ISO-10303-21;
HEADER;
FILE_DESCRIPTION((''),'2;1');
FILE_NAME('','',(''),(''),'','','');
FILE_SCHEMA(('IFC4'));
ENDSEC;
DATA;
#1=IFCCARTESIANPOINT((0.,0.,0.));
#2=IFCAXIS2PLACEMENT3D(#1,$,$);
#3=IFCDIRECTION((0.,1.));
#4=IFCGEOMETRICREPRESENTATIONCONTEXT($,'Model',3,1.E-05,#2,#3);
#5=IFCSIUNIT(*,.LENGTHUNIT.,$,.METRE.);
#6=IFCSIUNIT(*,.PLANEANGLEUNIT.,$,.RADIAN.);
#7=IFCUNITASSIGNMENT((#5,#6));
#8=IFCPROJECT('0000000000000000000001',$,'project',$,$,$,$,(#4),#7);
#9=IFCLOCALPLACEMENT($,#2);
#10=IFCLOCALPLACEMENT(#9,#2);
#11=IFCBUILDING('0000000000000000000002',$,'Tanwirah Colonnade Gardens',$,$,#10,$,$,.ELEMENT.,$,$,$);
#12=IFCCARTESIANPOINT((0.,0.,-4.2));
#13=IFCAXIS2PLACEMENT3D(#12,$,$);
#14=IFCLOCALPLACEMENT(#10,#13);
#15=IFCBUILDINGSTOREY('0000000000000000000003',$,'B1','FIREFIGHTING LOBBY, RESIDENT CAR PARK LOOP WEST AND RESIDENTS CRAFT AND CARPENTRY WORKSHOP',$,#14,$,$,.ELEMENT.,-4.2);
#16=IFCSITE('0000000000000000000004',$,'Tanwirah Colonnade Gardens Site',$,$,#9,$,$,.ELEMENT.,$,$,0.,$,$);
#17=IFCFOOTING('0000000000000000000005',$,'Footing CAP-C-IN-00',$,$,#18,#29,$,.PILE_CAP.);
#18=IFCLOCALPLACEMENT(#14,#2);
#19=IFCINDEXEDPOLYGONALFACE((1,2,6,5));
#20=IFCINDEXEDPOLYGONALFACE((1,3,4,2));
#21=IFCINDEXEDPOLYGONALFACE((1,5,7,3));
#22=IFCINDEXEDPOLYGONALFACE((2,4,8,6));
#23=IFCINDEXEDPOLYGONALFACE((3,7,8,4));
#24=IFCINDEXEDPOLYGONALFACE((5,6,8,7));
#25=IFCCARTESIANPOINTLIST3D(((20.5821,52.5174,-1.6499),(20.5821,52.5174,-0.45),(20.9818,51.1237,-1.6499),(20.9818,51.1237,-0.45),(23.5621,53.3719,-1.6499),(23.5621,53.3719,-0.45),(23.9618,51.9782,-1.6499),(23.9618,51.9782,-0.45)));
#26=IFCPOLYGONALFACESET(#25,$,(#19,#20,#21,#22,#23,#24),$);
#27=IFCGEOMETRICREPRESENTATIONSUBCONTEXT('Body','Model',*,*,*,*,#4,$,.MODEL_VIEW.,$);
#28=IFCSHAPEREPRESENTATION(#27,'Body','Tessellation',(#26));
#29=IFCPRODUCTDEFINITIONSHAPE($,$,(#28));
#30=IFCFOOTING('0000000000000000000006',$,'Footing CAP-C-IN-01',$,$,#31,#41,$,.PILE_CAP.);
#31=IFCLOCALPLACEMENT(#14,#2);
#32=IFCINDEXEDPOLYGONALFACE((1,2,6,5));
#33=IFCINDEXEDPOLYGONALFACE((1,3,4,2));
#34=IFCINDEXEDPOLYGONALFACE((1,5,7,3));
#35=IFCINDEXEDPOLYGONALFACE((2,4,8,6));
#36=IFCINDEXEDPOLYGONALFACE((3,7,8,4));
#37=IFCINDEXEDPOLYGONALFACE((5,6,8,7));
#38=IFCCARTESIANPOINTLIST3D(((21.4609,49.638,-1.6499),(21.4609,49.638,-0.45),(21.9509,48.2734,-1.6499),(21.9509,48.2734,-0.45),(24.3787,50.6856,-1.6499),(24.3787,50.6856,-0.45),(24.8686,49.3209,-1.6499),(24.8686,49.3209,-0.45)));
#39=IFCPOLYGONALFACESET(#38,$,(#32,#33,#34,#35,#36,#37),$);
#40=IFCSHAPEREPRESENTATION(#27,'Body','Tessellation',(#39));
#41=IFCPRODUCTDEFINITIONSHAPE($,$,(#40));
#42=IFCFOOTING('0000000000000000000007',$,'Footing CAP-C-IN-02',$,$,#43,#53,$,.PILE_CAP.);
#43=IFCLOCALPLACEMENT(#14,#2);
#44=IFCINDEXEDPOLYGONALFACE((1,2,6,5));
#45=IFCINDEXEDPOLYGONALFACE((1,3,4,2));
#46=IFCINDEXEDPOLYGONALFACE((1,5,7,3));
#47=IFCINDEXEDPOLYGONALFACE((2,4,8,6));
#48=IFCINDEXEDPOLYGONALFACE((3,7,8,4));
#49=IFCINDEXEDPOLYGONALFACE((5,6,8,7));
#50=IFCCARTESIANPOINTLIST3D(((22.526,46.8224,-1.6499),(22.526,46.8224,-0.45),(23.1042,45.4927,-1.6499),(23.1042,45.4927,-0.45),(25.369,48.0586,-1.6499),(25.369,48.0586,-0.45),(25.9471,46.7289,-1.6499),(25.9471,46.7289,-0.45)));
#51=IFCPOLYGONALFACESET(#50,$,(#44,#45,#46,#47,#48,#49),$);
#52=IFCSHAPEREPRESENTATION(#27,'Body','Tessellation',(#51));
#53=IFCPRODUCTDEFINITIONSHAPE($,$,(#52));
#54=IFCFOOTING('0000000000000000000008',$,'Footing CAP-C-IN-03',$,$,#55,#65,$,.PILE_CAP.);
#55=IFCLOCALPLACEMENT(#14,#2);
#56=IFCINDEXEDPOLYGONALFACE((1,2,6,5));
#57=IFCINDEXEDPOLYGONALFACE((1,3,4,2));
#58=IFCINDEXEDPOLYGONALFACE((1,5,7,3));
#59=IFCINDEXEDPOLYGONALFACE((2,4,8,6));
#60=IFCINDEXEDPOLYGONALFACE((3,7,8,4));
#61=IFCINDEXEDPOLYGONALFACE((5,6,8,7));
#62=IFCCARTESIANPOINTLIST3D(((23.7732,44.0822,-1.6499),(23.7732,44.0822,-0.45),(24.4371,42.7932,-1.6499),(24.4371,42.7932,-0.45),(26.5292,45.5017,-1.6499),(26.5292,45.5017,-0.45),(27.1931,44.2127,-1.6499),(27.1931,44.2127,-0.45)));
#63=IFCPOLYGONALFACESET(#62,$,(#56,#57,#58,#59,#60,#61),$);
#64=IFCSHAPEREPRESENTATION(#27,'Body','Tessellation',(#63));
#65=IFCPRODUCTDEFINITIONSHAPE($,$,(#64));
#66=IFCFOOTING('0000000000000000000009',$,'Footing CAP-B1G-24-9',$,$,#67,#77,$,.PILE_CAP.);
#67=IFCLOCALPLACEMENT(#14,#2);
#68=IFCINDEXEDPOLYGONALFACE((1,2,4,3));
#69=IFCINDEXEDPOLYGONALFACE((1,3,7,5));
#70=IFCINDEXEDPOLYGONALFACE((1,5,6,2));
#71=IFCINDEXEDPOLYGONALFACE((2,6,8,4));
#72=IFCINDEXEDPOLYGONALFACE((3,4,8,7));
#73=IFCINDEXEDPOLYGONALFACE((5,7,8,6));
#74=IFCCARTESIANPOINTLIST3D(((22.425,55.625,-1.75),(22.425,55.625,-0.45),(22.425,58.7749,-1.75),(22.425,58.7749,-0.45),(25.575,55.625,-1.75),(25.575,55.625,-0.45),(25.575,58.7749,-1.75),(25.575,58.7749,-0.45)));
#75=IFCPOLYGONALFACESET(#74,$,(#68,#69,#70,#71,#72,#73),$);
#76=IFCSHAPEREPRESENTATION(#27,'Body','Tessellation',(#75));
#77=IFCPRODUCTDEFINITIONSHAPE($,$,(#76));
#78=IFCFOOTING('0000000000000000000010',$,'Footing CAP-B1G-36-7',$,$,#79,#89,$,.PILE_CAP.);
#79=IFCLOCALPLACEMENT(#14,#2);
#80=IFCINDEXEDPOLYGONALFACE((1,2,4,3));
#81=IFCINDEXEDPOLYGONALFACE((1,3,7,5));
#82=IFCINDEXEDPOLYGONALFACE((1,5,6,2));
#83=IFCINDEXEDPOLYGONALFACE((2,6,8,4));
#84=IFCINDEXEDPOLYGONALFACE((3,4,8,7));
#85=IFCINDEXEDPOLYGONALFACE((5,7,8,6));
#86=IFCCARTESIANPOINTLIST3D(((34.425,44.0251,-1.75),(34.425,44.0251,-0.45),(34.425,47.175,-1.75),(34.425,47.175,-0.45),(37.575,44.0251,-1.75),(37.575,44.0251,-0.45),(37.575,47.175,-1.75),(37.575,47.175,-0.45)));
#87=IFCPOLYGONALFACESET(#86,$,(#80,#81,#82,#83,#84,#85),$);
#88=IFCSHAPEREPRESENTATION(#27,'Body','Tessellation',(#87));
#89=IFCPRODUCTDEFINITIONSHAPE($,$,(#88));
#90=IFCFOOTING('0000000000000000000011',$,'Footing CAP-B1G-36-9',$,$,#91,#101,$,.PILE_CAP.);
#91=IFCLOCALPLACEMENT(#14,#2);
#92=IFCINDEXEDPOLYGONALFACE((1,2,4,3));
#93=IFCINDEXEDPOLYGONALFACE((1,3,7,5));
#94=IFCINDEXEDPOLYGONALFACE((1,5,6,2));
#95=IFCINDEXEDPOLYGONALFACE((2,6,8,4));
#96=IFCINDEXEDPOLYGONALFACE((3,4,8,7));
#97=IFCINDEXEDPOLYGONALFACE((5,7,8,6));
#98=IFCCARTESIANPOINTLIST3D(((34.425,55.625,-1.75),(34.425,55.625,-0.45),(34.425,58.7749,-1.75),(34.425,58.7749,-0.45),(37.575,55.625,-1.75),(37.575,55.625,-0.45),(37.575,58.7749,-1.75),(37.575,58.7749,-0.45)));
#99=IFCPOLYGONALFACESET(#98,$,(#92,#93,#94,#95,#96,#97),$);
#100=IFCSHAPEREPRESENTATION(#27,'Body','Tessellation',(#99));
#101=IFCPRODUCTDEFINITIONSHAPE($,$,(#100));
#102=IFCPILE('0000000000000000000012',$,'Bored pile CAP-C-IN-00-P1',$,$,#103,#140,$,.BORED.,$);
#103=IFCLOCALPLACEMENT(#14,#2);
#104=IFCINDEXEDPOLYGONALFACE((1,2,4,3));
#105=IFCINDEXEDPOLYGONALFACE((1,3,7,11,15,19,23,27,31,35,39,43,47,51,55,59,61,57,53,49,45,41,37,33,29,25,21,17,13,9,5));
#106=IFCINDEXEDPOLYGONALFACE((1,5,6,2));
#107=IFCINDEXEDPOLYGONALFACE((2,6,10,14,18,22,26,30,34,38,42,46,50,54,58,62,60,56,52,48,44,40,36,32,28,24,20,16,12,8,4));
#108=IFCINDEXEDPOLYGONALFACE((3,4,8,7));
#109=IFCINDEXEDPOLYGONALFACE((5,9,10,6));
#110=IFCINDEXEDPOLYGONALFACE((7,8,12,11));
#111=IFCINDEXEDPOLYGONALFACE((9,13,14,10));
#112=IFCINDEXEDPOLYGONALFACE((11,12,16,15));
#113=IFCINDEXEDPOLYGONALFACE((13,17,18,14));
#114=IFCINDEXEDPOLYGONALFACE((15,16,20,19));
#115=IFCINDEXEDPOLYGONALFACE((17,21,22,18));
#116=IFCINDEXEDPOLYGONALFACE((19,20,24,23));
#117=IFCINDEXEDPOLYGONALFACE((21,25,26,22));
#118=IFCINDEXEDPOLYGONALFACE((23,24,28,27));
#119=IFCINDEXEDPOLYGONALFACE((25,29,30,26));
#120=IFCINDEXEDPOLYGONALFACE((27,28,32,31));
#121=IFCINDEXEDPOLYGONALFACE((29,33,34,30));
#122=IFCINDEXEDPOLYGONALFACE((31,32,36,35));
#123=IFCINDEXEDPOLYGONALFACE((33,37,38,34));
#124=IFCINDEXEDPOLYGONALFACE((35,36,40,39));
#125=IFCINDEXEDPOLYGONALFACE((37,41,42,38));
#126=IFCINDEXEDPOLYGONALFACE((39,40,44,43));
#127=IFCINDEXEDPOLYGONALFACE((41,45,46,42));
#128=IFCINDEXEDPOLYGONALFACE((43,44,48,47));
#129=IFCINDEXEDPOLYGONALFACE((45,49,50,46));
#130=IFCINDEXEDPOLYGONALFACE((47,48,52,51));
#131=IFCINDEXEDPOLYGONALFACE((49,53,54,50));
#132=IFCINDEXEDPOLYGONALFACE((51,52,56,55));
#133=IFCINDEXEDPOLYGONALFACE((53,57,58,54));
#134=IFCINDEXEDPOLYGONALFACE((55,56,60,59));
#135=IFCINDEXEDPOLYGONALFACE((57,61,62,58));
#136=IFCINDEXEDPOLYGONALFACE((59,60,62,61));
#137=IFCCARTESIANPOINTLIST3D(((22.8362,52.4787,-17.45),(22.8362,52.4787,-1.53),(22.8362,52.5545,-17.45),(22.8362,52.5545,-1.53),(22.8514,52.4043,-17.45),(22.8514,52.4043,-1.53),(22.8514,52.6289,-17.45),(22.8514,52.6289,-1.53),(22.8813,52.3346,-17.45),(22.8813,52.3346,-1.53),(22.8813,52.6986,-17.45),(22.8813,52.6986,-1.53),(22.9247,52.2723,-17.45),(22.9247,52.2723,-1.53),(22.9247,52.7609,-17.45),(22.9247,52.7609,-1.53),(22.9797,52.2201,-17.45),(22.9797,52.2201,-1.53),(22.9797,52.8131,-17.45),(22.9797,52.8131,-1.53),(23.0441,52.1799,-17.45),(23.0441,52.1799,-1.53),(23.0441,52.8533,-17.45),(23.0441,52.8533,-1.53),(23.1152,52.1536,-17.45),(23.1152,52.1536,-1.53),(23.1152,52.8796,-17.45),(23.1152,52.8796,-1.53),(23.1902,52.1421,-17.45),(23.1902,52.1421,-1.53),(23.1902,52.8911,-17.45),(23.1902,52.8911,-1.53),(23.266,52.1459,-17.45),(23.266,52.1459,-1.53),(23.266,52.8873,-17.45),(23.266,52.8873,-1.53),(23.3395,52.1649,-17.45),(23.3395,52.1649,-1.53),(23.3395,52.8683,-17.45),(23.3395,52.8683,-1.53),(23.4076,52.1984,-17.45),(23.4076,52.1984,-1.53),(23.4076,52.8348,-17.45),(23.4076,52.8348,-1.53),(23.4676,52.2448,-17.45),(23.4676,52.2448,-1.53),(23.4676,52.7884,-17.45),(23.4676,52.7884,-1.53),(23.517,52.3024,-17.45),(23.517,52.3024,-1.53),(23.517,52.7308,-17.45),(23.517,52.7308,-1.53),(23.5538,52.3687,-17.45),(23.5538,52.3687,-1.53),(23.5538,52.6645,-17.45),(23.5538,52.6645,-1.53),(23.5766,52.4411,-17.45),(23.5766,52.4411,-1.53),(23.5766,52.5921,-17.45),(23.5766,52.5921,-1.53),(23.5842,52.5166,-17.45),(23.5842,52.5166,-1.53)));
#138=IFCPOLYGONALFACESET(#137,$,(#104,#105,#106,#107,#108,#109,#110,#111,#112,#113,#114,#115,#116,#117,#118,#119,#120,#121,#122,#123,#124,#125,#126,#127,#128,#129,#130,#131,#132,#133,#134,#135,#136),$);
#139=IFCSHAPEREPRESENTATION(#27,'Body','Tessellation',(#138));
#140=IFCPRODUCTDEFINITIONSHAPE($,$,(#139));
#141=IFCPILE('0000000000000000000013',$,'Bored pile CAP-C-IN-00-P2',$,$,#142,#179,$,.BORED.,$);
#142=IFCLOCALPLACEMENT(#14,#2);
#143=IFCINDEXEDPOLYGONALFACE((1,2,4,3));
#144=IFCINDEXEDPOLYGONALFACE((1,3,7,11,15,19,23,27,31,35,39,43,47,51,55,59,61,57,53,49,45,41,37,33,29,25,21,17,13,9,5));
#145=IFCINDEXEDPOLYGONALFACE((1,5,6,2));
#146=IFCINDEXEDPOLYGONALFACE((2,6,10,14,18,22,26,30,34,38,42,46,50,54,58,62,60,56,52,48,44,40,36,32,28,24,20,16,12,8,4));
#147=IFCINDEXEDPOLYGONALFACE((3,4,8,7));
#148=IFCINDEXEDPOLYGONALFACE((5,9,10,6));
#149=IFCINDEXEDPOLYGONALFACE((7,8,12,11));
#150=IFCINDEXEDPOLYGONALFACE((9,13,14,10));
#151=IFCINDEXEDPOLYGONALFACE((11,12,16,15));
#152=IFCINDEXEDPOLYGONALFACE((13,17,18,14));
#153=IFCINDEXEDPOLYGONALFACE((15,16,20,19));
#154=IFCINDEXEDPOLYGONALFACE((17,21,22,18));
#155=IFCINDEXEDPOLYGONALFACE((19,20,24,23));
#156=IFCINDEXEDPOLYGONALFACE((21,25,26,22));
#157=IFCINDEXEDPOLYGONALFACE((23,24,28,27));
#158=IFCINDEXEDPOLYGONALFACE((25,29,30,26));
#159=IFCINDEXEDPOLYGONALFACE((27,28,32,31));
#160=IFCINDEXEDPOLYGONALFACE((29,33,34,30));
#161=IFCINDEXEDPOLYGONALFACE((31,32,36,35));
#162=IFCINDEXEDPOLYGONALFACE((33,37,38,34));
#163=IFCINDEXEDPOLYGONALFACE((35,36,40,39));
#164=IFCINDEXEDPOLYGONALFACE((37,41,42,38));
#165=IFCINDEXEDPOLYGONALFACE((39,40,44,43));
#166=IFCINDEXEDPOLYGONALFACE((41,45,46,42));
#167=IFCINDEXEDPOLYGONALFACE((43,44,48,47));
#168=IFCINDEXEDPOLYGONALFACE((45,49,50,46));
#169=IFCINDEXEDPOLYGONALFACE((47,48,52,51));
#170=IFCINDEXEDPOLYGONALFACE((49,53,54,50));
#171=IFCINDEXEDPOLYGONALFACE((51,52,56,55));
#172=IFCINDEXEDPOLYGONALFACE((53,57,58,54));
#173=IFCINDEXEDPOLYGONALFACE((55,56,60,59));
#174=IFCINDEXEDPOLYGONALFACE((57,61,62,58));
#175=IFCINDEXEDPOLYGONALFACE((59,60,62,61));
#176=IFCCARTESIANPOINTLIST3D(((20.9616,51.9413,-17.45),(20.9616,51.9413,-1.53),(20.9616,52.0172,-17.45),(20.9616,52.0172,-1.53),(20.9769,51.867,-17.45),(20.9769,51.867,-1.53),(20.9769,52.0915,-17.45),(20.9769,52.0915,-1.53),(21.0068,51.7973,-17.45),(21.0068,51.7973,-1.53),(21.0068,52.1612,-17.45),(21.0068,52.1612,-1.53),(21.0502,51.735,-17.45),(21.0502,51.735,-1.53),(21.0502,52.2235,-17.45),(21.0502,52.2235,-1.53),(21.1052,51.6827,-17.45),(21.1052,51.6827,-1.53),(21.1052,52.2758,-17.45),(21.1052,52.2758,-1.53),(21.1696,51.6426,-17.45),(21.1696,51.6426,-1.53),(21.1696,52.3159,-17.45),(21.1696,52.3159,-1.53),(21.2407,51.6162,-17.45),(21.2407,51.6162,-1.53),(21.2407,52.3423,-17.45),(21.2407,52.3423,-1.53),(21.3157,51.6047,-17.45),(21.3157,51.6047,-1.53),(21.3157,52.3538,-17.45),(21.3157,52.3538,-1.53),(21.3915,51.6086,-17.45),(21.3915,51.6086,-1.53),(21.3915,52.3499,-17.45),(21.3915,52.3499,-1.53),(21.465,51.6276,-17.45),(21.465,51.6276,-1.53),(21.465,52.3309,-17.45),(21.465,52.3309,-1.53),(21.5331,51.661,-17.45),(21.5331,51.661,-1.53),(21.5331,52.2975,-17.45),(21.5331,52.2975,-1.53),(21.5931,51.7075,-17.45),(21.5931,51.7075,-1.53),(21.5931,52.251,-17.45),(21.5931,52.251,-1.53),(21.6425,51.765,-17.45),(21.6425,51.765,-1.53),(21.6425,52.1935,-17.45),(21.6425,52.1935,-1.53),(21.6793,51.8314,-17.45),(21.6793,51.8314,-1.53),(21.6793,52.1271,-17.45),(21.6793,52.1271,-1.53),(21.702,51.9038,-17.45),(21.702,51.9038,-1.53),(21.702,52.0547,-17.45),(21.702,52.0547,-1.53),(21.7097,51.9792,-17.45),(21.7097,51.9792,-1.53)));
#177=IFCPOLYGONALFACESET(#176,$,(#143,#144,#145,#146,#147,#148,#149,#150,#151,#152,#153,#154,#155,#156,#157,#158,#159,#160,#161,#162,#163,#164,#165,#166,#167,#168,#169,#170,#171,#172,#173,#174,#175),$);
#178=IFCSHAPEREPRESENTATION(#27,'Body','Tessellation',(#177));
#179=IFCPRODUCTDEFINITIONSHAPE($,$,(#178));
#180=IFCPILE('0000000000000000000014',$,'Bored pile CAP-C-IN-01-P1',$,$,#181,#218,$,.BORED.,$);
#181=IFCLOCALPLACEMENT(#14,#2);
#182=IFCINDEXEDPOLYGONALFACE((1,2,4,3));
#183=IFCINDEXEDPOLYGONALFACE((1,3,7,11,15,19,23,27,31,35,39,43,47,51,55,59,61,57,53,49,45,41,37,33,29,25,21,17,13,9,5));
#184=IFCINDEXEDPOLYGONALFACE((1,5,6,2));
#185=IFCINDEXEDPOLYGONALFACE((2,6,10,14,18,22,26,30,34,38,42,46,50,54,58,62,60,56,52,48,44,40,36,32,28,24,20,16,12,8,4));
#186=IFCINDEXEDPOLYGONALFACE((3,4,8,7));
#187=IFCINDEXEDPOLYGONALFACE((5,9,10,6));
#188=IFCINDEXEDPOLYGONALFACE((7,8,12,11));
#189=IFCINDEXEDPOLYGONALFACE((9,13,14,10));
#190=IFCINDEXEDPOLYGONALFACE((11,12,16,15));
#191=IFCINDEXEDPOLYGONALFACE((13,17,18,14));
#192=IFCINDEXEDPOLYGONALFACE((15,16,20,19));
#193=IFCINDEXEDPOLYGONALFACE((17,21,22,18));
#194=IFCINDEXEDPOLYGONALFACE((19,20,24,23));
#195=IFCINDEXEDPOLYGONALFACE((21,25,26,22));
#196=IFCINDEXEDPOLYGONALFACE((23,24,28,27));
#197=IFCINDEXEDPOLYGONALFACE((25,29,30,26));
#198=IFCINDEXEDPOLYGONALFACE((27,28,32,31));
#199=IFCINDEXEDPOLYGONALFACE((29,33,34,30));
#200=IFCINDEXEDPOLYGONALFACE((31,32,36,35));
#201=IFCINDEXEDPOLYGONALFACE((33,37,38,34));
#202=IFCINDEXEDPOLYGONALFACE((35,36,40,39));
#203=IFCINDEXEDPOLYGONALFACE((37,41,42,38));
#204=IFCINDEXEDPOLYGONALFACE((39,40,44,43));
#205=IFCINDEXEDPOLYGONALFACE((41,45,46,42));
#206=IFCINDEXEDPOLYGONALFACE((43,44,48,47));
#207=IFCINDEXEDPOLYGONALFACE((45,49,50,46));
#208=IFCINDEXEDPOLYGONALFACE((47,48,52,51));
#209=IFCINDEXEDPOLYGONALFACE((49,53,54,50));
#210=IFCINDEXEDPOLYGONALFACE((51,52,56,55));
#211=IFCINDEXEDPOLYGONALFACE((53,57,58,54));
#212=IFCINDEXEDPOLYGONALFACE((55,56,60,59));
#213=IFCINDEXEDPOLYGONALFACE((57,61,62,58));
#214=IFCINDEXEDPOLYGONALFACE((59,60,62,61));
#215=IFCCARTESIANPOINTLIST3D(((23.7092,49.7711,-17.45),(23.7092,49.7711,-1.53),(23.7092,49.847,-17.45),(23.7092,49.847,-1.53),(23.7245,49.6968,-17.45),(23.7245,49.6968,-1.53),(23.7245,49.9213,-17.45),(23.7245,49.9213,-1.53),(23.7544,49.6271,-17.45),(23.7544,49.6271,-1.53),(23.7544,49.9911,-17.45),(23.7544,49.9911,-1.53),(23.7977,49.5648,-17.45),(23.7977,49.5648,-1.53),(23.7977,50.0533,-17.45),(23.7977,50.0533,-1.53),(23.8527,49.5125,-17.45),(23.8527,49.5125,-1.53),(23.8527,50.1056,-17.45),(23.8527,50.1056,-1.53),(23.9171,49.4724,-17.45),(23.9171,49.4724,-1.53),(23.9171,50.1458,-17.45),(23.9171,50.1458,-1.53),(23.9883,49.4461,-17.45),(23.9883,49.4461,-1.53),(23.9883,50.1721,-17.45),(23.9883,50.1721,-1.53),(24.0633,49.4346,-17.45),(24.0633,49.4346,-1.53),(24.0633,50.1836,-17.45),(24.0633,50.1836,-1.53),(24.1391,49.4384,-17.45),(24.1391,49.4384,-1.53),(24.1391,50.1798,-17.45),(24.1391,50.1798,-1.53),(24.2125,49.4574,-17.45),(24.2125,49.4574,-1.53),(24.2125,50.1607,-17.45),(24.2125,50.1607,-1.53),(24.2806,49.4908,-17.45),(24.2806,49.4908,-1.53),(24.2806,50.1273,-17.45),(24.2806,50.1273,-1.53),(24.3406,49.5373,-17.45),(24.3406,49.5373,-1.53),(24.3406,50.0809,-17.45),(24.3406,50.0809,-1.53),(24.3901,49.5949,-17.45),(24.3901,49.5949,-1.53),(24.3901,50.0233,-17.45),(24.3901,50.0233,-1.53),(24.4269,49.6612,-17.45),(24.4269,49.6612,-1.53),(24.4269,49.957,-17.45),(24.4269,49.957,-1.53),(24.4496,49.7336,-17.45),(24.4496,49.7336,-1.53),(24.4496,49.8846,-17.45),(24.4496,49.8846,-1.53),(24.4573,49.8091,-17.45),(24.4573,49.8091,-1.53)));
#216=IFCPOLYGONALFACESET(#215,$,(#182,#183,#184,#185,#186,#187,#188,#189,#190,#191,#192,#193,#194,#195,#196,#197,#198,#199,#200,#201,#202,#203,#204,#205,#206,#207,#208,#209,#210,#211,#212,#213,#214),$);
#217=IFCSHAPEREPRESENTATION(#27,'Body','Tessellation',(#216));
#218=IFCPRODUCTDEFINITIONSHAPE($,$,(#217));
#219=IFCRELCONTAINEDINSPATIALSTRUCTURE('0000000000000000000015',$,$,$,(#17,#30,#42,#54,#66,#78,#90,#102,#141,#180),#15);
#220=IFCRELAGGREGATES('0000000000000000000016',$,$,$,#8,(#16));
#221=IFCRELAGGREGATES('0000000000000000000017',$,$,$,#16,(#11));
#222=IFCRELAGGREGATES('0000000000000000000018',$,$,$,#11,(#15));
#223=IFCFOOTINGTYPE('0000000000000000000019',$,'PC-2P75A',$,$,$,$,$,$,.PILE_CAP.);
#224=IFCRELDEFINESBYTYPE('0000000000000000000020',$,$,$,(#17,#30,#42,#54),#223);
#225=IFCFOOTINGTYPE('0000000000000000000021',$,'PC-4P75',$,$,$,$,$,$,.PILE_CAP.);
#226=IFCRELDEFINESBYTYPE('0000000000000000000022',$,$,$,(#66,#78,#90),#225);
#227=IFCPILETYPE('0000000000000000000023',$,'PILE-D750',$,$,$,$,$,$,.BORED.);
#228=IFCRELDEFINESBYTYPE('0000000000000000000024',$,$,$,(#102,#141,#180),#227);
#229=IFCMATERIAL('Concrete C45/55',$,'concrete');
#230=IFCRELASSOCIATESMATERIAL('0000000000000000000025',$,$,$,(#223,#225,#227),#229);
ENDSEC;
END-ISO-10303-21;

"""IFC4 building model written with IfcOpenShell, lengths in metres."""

from ifc_helpers import new_model, si_unit, direction, frame, origin, origin_2d, place, context, subcontext, project, spatial, rectangle, circle, extrude, material, material_profile, profile_set, type_object, element, save


model = new_model("IFC4")

# Units and contexts
model_context = context("Model", 3, precision=1e-05, world=origin(), true_north=direction((0.0, 1.0)))
body_context = subcontext(model_context, "Body", "Model", "MODEL_VIEW")
ifc_project = project(units=[si_unit("LENGTHUNIT", "METRE"), si_unit("PLANEANGLEUNIT", "RADIAN")], contexts=[model_context])

# Site, building, storey
site_placement = place(None, origin())
site = spatial("IfcSite", under=ifc_project, at=site_placement, Name="Tanwirah Colonnade Gardens Site", CompositionType="ELEMENT", RefElevation=0.0)
building_placement = place(site_placement, origin())
building = spatial("IfcBuilding", under=site, at=building_placement, Name="Tanwirah Colonnade Gardens", CompositionType="ELEMENT")
storey_placement = place(building_placement, frame((0.0, 0.0, -4.2)))
storey = spatial("IfcBuildingStorey", under=building, at=storey_placement, Name="B1", Description="FIREFIGHTING LOBBY, RESIDENT CAR PARK LOOP WEST AND RESIDENTS CRAFT AND CARPENTRY WORKSHOP", CompositionType="ELEMENT", Elevation=-4.2)

# Footings
ifc_material_1 = material(Name="Concrete C45/55", Category="concrete")
footing_type_1 = type_object("IfcFootingType", Name="PC-2P75A", PredefinedType="PILE_CAP", material=ifc_material_1)
for number, where, z_axis, x_axis, name in (
    (1, (22.272, 52.2478, -1.6499), (0.0, 0.0, 1.0), (-0.961262, -0.275637, 0.0), "Footing CAP-C-IN-00"),
    (2, (23.1648, 49.4795, -1.6499), (0.0, 0.0, 1.0), (-0.941176, -0.337917, 0.0), "Footing CAP-C-IN-01"),
    (3, (24.2366, 46.7756, -1.6499), (0.0, 0.0, 1.0), (-0.91706, -0.398749, 0.0), "Footing CAP-C-IN-02"),
    (4, (25.4832, 44.1475, -1.6499), (0.0, 0.0, 1.0), (-0.889017, -0.457874, 0.0), "Footing CAP-C-IN-03"),
):
    element("IfcFooting", number, at=place(storey_placement, frame(where, z_axis=z_axis, x_axis=x_axis)), inside=storey, type_object=footing_type_1, Name=name, PredefinedType="PILE_CAP", context=body_context, shape_type="SweptSolid", body=[
        extrude(rectangle(XDim=3.1001, YDim=1.45, at=origin_2d()), origin(), (0.0, 0.0, 1.0), 1.2),
    ])
footing_type_2 = type_object("IfcFootingType", Name="PC-4P75", PredefinedType="PILE_CAP", material=ifc_material_1)
for number, where, z_axis, x_axis, name in (
    (5, (24.0, 57.2, -1.75), (0.0, 0.0, 1.0), (1.0, 0.0, 0.0), "Footing CAP-B1G-24-9"),
    (6, (36.0, 45.6001, -1.75), (0.0, 0.0, 1.0), (1.0, 0.0, 0.0), "Footing CAP-B1G-36-7"),
    (7, (36.0, 57.2, -1.75), (0.0, 0.0, 1.0), (1.0, 0.0, 0.0), "Footing CAP-B1G-36-9"),
):
    element("IfcFooting", number, at=place(storey_placement, frame(where, z_axis=z_axis, x_axis=x_axis)), inside=storey, type_object=footing_type_2, Name=name, PredefinedType="PILE_CAP", context=body_context, shape_type="SweptSolid", body=[
        extrude(rectangle(XDim=3.1499, YDim=3.1499, at=origin_2d()), origin(), (0.0, 0.0, 1.0), 1.3),
    ])

# Piles
ifc_material_profile_1 = material_profile(ifc_material_1, circle(Radius=0.375, at=origin_2d()), Name="PILE D750")
ifc_profile_set_1 = profile_set([ifc_material_profile_1], Name="Concrete C45/55")
pile_type = type_object("IfcPileType", Name="PILE-D750", PredefinedType="BORED", material=ifc_profile_set_1)
for number, where, z_axis, x_axis, name in (
    (8, (23.2092, 52.5166, -1.53), (0.0, 0.0, -1.0), (1.0, 0.0, 0.0), "Bored pile CAP-C-IN-00-P1"),
    (9, (21.3347, 51.9792, -1.53), (0.0, 0.0, -1.0), (1.0, 0.0, 0.0), "Bored pile CAP-C-IN-00-P2"),
    (10, (24.0823, 49.8091, -1.53), (0.0, 0.0, -1.0), (1.0, 0.0, 0.0), "Bored pile CAP-C-IN-01-P1"),
):
    element("IfcPile", number, at=place(storey_placement, frame(where, z_axis=z_axis, x_axis=x_axis)), inside=storey, type_object=pile_type, Name=name, PredefinedType="BORED", context=body_context, shape_type="SweptSolid", body=[
        extrude(circle(Radius=0.375, at=origin_2d()), origin(), (0.0, 0.0, 1.0), 15.9199),
    ])

save(model, "model.ifc")
